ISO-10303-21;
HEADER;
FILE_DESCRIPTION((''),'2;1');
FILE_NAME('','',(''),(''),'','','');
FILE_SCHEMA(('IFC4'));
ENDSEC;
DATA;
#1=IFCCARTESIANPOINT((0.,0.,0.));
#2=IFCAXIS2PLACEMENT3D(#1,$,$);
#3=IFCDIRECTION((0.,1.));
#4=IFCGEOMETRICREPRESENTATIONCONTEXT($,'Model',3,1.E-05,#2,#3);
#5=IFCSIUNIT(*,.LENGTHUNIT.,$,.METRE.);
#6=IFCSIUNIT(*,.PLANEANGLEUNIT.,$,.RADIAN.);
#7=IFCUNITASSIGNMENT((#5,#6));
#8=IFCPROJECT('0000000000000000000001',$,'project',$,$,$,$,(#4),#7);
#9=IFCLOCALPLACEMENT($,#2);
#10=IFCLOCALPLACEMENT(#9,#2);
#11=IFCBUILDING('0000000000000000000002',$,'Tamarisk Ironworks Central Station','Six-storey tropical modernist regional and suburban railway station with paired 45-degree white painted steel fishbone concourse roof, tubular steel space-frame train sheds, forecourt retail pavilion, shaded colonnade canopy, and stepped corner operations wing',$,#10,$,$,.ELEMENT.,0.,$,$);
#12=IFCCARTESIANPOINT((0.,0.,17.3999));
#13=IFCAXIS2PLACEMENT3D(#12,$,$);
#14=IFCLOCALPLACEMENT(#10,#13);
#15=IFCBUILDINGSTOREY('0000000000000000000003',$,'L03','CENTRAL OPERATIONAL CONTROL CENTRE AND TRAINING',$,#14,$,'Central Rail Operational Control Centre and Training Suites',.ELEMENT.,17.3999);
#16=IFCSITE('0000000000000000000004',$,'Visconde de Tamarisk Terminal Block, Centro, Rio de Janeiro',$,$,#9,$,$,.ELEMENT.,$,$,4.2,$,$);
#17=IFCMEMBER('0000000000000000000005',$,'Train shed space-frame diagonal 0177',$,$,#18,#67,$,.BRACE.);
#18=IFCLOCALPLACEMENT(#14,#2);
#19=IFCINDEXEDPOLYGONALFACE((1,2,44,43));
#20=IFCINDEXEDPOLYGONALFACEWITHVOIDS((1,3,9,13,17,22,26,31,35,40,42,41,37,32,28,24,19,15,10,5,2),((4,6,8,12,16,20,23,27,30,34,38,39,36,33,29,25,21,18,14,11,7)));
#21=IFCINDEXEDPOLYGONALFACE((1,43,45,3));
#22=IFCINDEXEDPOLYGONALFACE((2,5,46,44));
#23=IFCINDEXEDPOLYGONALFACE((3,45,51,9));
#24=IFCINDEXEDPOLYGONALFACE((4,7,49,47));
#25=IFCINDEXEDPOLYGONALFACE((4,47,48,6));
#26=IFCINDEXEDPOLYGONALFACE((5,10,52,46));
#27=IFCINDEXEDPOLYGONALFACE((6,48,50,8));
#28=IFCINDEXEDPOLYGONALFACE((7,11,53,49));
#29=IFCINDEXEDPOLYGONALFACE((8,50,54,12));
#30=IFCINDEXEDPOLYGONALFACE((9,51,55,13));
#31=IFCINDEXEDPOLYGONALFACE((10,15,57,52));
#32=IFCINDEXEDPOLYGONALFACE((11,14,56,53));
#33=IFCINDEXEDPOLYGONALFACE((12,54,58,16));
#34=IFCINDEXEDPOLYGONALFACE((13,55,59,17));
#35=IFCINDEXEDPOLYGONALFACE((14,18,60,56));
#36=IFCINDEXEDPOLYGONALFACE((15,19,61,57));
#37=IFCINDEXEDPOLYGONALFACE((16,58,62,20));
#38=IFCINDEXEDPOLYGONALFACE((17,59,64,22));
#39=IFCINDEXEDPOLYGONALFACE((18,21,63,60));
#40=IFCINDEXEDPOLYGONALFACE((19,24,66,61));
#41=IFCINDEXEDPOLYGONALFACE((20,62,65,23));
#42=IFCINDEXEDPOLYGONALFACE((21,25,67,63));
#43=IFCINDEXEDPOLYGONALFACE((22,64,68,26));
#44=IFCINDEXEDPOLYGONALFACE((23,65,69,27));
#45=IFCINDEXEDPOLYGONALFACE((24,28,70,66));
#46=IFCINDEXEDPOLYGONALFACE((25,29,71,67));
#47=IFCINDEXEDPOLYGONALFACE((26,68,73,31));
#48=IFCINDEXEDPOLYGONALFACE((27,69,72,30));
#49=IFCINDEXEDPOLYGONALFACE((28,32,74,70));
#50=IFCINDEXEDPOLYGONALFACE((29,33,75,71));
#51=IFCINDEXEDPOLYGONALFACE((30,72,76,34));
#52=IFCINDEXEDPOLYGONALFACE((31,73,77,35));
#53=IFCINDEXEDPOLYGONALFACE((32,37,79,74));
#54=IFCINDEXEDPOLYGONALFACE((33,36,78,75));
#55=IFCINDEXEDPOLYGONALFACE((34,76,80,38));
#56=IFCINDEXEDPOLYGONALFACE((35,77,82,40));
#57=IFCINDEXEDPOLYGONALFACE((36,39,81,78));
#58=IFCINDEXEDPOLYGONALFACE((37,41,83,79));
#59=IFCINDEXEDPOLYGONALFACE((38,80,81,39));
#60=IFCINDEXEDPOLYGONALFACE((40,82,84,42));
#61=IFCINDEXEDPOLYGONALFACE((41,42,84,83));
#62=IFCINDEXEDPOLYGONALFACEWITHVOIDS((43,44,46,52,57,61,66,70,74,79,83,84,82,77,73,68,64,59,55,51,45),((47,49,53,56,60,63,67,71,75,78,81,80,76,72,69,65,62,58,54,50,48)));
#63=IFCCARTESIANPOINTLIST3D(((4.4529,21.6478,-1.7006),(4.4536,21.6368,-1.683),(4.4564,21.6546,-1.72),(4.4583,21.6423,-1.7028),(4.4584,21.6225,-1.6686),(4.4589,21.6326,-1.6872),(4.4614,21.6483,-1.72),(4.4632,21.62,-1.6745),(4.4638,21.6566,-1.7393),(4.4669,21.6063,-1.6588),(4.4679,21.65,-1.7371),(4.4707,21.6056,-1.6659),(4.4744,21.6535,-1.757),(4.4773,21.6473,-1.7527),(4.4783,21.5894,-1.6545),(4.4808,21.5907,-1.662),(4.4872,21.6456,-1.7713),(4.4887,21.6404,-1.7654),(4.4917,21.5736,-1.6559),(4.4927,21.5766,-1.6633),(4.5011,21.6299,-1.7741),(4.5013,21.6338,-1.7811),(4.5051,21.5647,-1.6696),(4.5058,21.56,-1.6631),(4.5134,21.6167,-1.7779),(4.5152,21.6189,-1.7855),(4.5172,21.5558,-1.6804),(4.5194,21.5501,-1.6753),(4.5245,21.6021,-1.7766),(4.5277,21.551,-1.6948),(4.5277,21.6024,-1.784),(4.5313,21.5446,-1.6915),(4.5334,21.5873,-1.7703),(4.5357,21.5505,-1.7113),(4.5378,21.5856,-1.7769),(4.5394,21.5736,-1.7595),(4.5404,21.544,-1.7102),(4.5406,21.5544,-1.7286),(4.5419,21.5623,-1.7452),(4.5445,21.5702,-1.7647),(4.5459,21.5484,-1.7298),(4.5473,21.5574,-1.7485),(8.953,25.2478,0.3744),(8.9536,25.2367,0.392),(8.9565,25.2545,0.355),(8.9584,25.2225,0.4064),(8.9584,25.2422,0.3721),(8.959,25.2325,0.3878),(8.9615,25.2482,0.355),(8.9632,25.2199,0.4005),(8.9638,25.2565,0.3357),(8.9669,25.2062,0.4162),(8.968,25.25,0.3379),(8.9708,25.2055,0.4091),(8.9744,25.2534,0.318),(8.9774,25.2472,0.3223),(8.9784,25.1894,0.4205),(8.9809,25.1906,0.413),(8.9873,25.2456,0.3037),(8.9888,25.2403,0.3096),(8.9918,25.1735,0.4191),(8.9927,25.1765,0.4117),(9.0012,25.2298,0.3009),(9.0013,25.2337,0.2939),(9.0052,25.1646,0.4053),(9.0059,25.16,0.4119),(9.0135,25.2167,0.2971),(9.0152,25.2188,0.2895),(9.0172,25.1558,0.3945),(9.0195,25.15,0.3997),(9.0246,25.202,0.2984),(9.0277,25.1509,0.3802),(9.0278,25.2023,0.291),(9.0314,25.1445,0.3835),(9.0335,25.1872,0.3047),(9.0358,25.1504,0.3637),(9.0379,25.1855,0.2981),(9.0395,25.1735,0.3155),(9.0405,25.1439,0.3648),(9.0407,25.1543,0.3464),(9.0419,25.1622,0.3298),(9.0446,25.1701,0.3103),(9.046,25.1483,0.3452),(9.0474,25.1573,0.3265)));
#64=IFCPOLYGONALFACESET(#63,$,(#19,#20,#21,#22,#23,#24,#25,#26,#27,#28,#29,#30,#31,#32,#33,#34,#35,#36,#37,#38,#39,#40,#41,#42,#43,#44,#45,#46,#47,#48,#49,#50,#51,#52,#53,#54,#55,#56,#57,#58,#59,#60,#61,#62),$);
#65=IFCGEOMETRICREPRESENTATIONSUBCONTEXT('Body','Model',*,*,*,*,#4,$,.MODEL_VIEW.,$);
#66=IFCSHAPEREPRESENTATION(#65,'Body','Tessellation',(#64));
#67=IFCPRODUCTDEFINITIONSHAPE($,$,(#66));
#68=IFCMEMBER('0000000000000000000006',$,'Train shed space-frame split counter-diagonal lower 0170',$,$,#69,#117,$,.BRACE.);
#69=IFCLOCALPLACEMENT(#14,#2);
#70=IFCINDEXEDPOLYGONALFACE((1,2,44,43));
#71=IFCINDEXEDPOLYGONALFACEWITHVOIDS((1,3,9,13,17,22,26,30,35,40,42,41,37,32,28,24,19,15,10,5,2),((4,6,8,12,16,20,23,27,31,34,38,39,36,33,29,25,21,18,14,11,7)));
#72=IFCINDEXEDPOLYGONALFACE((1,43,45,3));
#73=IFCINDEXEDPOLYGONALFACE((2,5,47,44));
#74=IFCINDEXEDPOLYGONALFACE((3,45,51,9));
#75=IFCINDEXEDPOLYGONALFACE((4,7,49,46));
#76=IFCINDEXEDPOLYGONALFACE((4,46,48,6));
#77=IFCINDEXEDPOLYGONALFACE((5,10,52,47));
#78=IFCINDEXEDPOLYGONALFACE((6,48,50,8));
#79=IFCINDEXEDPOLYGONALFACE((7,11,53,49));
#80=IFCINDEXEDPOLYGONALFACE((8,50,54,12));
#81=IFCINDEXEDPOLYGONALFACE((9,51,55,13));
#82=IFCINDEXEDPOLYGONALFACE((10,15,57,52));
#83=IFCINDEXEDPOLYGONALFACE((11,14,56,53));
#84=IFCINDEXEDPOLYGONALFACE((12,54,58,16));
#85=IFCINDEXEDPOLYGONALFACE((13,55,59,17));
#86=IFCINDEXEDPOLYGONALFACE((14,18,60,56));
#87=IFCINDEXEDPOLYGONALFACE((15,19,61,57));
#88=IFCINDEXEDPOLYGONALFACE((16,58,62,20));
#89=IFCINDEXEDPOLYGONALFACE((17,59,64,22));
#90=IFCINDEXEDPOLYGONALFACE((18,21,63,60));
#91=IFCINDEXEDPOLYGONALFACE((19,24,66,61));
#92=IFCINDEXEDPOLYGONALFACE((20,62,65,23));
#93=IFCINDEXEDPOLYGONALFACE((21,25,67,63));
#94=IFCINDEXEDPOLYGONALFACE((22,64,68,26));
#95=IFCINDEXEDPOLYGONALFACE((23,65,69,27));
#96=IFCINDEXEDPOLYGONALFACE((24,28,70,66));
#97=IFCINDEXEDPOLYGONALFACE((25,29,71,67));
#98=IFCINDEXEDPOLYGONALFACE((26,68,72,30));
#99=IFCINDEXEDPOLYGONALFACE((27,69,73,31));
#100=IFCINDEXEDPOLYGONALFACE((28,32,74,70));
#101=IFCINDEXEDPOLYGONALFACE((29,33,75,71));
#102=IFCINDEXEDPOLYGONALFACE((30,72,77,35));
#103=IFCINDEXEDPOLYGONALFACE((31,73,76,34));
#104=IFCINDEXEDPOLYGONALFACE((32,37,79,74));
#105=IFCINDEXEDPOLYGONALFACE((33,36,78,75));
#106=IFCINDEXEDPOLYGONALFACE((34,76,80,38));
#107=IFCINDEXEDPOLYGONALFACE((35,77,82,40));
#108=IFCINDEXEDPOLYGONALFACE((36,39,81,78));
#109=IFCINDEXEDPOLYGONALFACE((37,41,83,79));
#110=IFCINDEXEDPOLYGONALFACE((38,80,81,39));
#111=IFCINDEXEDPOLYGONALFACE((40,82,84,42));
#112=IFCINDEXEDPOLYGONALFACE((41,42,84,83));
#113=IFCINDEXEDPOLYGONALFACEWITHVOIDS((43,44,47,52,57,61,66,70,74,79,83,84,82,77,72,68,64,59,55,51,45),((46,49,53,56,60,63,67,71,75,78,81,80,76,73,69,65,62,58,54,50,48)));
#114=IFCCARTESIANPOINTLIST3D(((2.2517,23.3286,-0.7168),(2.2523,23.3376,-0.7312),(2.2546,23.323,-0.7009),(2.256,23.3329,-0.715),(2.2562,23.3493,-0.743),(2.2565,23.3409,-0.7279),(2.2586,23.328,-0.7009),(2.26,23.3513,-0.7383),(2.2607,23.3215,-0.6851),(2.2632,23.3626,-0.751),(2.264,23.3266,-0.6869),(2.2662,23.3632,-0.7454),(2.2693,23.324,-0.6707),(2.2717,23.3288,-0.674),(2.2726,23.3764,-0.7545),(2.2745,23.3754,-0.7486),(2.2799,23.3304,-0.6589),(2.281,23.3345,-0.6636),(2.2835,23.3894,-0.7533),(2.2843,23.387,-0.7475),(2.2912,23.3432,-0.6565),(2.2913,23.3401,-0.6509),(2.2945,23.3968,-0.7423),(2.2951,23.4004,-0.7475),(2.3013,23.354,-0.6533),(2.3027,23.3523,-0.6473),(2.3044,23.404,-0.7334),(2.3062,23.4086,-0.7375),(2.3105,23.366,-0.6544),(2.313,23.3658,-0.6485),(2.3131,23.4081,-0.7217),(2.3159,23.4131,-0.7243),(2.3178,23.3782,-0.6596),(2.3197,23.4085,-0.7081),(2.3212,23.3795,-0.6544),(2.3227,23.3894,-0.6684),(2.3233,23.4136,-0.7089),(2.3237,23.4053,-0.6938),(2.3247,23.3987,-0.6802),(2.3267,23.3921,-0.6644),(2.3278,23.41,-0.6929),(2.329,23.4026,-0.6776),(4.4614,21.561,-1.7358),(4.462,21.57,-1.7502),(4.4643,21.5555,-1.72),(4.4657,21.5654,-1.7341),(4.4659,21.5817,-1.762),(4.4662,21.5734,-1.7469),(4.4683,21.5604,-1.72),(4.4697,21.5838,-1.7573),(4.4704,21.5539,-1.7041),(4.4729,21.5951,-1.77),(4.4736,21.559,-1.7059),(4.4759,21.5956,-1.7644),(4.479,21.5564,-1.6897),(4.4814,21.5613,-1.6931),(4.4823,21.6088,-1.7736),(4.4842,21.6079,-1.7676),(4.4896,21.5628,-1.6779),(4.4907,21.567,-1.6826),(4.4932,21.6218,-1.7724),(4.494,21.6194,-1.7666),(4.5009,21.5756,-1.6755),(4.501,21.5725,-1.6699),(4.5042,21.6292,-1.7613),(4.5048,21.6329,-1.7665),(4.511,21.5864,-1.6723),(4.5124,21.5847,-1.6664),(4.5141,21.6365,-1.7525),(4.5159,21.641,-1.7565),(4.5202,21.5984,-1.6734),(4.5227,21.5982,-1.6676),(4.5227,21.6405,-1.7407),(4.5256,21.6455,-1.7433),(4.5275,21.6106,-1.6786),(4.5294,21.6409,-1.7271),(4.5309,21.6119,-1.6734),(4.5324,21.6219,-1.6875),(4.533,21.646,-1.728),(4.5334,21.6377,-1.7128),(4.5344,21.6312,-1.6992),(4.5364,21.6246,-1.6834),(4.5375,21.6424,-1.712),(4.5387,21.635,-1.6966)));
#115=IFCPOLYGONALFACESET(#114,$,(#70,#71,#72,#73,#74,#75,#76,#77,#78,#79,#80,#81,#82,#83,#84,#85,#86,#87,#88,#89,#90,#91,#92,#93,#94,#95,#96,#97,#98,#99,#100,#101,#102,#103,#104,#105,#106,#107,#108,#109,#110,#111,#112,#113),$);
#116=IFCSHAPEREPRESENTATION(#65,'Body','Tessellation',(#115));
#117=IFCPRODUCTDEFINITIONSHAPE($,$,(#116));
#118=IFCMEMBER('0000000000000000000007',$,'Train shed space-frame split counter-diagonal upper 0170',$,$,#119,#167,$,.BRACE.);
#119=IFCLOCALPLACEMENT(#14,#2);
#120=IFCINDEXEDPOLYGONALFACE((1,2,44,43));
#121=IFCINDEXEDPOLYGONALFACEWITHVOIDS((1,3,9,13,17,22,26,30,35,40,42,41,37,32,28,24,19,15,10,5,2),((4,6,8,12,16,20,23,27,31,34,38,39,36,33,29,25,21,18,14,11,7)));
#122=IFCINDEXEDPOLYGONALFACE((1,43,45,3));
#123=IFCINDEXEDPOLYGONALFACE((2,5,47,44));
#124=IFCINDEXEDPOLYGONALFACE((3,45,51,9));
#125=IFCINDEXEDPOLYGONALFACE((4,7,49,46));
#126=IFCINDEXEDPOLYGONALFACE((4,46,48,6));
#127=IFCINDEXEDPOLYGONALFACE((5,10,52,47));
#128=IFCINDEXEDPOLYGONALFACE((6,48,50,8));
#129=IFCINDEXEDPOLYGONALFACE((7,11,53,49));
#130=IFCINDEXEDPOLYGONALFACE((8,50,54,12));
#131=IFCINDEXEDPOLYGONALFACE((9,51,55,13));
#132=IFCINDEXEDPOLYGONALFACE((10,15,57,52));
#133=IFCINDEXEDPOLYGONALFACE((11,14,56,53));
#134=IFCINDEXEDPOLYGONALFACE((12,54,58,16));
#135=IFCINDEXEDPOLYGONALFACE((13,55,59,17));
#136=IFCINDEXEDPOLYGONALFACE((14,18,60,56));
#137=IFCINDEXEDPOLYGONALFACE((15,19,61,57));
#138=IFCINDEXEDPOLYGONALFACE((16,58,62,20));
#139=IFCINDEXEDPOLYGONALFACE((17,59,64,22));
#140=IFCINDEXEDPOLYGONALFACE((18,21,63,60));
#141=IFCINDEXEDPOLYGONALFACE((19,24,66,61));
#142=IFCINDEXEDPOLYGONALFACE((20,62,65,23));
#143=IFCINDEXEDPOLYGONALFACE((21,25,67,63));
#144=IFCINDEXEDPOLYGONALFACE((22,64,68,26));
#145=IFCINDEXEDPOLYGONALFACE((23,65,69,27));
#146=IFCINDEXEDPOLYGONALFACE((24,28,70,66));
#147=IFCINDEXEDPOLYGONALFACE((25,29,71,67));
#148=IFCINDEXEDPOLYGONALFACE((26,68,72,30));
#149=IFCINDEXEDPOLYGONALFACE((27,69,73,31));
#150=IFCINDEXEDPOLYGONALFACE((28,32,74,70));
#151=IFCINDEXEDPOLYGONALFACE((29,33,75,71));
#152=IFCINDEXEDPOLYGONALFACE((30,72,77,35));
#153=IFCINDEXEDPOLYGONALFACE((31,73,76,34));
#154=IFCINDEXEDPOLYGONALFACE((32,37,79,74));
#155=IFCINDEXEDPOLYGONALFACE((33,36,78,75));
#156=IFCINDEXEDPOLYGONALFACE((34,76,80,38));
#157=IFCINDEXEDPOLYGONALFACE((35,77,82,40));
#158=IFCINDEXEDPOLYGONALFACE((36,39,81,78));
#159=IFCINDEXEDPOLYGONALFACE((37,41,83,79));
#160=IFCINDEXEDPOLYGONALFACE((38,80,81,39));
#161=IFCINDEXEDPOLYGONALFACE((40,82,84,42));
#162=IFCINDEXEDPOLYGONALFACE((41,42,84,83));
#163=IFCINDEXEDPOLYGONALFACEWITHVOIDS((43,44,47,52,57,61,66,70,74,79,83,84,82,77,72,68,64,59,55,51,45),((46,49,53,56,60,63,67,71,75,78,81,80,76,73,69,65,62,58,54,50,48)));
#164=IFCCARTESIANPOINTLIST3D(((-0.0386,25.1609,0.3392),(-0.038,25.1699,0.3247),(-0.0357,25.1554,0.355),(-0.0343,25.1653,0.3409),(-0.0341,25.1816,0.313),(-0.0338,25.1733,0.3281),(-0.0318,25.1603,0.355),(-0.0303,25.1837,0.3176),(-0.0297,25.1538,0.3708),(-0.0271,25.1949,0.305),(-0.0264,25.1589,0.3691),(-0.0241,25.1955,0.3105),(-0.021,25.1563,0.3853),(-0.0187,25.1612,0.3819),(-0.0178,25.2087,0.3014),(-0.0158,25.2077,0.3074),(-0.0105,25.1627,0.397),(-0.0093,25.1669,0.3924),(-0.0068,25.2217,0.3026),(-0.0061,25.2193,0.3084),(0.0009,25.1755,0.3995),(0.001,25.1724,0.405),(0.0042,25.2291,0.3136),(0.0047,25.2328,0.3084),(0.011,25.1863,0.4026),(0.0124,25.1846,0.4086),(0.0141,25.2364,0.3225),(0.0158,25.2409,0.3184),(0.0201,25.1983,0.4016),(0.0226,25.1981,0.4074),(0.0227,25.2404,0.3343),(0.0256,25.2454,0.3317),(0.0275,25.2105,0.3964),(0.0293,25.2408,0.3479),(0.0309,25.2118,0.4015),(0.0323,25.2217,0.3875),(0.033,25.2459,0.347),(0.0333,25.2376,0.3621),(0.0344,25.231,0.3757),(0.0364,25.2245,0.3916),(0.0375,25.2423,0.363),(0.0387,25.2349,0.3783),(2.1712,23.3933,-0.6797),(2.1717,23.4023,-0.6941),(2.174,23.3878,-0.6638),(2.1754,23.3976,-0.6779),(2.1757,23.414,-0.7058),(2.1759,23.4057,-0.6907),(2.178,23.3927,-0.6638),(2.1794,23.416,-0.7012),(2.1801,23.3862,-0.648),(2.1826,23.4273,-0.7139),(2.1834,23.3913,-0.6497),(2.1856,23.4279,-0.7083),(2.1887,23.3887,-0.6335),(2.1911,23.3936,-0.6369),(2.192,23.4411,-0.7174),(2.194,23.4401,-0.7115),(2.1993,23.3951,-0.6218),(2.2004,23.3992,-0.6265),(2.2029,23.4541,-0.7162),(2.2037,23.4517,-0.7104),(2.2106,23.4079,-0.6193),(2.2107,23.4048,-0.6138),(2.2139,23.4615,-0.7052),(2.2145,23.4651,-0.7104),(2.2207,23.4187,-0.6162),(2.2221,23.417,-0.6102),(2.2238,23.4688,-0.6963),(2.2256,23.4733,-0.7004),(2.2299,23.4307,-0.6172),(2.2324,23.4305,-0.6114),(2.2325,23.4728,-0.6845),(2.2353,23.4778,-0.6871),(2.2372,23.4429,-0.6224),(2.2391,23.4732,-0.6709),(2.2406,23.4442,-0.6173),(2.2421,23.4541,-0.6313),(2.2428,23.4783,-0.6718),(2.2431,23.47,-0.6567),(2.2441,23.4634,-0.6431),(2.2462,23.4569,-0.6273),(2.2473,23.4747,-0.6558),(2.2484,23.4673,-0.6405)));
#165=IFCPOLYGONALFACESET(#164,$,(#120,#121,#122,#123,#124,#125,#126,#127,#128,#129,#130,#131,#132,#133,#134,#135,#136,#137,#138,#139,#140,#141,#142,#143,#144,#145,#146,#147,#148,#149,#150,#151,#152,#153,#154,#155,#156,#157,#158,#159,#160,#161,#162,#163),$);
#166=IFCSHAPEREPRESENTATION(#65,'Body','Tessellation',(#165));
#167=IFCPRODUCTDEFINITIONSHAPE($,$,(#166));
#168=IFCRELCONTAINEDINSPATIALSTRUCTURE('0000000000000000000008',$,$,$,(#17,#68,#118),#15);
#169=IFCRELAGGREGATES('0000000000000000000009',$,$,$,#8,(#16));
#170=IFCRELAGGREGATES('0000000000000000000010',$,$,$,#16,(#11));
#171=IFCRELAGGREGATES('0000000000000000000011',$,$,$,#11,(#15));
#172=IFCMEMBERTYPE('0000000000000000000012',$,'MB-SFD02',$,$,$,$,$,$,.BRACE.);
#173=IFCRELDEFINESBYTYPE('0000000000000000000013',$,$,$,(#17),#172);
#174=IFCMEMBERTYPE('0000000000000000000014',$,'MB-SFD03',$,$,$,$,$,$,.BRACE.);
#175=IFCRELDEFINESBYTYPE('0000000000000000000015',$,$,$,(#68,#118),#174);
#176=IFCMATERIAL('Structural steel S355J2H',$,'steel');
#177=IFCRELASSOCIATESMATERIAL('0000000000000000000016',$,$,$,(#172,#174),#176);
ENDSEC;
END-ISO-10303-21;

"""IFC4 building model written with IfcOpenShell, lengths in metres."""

from ifc_helpers import new_model, si_unit, direction, frame, origin, origin_2d, place, context, subcontext, project, spatial, hollow_circle, extrude, material, material_profile, profile_set, type_object, element, save


model = new_model("IFC4")

# Units and contexts
model_context = context("Model", 3, precision=1e-05, world=origin(), true_north=direction((0.0, 1.0)))
body_context = subcontext(model_context, "Body", "Model", "MODEL_VIEW")
ifc_project = project(units=[si_unit("LENGTHUNIT", "METRE"), si_unit("PLANEANGLEUNIT", "RADIAN")], contexts=[model_context])

# Site, building, storey
site_placement = place(None, origin())
site = spatial("IfcSite", under=ifc_project, at=site_placement, Name="Visconde de Tamarisk Terminal Block, Centro, Rio de Janeiro", CompositionType="ELEMENT", RefElevation=4.2)
building_placement = place(site_placement, origin())
building = spatial("IfcBuilding", under=site, at=building_placement, Name="Tamarisk Ironworks Central Station", Description="Six-storey tropical modernist regional and suburban railway station with paired 45-degree white painted steel fishbone concourse roof, tubular steel space-frame train sheds, forecourt retail pavilion, shaded colonnade canopy, and stepped corner operations wing", CompositionType="ELEMENT", ElevationOfRefHeight=0.0)
storey_placement = place(building_placement, frame((0.0, 0.0, 17.3999)))
storey = spatial("IfcBuildingStorey", under=building, at=storey_placement, Name="L03", Description="CENTRAL OPERATIONAL CONTROL CENTRE AND TRAINING", LongName="Central Rail Operational Control Centre and Training Suites", CompositionType="ELEMENT", Elevation=17.3999)

# Members
ifc_material_1 = material(Name="Structural steel S355J2H", Category="steel")
ifc_material_profile_1 = material_profile(ifc_material_1, hollow_circle(Radius=0.0698, WallThickness=0.0081, at=origin_2d()), Name="CHS 139.7x8")
ifc_profile_set_1 = profile_set([ifc_material_profile_1], Name="Structural steel S355J2H")
member_type_1 = type_object("IfcMemberType", Name="MB-SFD02", PredefinedType="BRACE", material=ifc_profile_set_1)
member_1_placement = place(storey_placement, frame((4.5, 21.6001, -1.72), z_axis=(0.734706, 0.587741, 0.338773), x_axis=(-0.62468, 0.780881, 0.0)))
element("IfcMember", 1, at=member_1_placement, inside=storey, type_object=member_type_1, Name="Train shed space-frame diagonal 0177", PredefinedType="BRACE", context=body_context, shape_type="SweptSolid", body=[
    extrude(hollow_circle(Radius=0.0698, WallThickness=0.0081, at=origin_2d()), origin(), (0.0, 0.0, 1.0), 6.125),
])
ifc_material_profile_2 = material_profile(ifc_material_1, hollow_circle(Radius=0.0571, WallThickness=0.0063, at=origin_2d()), Name="CHS 114.3x6.3")
ifc_profile_set_2 = profile_set([ifc_material_profile_2], Name="Structural steel S355J2H")
member_type_2 = type_object("IfcMemberType", Name="MB-SFD03", PredefinedType="BRACE", material=ifc_profile_set_2)
for number, where, z_axis, x_axis, name in (
    (2, (4.5, 21.6001, -1.72), (-0.734712, 0.587705, 0.338823), (-0.624653, -0.780902, 0.0), "Train shed space-frame split counter-diagonal lower 0170"),
    (3, (2.2097, 23.4324, -0.6638), (-0.734732, 0.587721, 0.338751), (-0.624653, -0.780902, 0.0), "Train shed space-frame split counter-diagonal upper 0170"),
):
    element("IfcMember", number, at=place(storey_placement, frame(where, z_axis=z_axis, x_axis=x_axis)), inside=storey, type_object=member_type_2, Name=name, PredefinedType="BRACE", context=body_context, shape_type="SweptSolid", body=[
        extrude(hollow_circle(Radius=0.0571, WallThickness=0.0063, at=origin_2d()), origin(), (0.0, 0.0, 1.0), 3.0076),
    ])

save(model, "model.ifc")
